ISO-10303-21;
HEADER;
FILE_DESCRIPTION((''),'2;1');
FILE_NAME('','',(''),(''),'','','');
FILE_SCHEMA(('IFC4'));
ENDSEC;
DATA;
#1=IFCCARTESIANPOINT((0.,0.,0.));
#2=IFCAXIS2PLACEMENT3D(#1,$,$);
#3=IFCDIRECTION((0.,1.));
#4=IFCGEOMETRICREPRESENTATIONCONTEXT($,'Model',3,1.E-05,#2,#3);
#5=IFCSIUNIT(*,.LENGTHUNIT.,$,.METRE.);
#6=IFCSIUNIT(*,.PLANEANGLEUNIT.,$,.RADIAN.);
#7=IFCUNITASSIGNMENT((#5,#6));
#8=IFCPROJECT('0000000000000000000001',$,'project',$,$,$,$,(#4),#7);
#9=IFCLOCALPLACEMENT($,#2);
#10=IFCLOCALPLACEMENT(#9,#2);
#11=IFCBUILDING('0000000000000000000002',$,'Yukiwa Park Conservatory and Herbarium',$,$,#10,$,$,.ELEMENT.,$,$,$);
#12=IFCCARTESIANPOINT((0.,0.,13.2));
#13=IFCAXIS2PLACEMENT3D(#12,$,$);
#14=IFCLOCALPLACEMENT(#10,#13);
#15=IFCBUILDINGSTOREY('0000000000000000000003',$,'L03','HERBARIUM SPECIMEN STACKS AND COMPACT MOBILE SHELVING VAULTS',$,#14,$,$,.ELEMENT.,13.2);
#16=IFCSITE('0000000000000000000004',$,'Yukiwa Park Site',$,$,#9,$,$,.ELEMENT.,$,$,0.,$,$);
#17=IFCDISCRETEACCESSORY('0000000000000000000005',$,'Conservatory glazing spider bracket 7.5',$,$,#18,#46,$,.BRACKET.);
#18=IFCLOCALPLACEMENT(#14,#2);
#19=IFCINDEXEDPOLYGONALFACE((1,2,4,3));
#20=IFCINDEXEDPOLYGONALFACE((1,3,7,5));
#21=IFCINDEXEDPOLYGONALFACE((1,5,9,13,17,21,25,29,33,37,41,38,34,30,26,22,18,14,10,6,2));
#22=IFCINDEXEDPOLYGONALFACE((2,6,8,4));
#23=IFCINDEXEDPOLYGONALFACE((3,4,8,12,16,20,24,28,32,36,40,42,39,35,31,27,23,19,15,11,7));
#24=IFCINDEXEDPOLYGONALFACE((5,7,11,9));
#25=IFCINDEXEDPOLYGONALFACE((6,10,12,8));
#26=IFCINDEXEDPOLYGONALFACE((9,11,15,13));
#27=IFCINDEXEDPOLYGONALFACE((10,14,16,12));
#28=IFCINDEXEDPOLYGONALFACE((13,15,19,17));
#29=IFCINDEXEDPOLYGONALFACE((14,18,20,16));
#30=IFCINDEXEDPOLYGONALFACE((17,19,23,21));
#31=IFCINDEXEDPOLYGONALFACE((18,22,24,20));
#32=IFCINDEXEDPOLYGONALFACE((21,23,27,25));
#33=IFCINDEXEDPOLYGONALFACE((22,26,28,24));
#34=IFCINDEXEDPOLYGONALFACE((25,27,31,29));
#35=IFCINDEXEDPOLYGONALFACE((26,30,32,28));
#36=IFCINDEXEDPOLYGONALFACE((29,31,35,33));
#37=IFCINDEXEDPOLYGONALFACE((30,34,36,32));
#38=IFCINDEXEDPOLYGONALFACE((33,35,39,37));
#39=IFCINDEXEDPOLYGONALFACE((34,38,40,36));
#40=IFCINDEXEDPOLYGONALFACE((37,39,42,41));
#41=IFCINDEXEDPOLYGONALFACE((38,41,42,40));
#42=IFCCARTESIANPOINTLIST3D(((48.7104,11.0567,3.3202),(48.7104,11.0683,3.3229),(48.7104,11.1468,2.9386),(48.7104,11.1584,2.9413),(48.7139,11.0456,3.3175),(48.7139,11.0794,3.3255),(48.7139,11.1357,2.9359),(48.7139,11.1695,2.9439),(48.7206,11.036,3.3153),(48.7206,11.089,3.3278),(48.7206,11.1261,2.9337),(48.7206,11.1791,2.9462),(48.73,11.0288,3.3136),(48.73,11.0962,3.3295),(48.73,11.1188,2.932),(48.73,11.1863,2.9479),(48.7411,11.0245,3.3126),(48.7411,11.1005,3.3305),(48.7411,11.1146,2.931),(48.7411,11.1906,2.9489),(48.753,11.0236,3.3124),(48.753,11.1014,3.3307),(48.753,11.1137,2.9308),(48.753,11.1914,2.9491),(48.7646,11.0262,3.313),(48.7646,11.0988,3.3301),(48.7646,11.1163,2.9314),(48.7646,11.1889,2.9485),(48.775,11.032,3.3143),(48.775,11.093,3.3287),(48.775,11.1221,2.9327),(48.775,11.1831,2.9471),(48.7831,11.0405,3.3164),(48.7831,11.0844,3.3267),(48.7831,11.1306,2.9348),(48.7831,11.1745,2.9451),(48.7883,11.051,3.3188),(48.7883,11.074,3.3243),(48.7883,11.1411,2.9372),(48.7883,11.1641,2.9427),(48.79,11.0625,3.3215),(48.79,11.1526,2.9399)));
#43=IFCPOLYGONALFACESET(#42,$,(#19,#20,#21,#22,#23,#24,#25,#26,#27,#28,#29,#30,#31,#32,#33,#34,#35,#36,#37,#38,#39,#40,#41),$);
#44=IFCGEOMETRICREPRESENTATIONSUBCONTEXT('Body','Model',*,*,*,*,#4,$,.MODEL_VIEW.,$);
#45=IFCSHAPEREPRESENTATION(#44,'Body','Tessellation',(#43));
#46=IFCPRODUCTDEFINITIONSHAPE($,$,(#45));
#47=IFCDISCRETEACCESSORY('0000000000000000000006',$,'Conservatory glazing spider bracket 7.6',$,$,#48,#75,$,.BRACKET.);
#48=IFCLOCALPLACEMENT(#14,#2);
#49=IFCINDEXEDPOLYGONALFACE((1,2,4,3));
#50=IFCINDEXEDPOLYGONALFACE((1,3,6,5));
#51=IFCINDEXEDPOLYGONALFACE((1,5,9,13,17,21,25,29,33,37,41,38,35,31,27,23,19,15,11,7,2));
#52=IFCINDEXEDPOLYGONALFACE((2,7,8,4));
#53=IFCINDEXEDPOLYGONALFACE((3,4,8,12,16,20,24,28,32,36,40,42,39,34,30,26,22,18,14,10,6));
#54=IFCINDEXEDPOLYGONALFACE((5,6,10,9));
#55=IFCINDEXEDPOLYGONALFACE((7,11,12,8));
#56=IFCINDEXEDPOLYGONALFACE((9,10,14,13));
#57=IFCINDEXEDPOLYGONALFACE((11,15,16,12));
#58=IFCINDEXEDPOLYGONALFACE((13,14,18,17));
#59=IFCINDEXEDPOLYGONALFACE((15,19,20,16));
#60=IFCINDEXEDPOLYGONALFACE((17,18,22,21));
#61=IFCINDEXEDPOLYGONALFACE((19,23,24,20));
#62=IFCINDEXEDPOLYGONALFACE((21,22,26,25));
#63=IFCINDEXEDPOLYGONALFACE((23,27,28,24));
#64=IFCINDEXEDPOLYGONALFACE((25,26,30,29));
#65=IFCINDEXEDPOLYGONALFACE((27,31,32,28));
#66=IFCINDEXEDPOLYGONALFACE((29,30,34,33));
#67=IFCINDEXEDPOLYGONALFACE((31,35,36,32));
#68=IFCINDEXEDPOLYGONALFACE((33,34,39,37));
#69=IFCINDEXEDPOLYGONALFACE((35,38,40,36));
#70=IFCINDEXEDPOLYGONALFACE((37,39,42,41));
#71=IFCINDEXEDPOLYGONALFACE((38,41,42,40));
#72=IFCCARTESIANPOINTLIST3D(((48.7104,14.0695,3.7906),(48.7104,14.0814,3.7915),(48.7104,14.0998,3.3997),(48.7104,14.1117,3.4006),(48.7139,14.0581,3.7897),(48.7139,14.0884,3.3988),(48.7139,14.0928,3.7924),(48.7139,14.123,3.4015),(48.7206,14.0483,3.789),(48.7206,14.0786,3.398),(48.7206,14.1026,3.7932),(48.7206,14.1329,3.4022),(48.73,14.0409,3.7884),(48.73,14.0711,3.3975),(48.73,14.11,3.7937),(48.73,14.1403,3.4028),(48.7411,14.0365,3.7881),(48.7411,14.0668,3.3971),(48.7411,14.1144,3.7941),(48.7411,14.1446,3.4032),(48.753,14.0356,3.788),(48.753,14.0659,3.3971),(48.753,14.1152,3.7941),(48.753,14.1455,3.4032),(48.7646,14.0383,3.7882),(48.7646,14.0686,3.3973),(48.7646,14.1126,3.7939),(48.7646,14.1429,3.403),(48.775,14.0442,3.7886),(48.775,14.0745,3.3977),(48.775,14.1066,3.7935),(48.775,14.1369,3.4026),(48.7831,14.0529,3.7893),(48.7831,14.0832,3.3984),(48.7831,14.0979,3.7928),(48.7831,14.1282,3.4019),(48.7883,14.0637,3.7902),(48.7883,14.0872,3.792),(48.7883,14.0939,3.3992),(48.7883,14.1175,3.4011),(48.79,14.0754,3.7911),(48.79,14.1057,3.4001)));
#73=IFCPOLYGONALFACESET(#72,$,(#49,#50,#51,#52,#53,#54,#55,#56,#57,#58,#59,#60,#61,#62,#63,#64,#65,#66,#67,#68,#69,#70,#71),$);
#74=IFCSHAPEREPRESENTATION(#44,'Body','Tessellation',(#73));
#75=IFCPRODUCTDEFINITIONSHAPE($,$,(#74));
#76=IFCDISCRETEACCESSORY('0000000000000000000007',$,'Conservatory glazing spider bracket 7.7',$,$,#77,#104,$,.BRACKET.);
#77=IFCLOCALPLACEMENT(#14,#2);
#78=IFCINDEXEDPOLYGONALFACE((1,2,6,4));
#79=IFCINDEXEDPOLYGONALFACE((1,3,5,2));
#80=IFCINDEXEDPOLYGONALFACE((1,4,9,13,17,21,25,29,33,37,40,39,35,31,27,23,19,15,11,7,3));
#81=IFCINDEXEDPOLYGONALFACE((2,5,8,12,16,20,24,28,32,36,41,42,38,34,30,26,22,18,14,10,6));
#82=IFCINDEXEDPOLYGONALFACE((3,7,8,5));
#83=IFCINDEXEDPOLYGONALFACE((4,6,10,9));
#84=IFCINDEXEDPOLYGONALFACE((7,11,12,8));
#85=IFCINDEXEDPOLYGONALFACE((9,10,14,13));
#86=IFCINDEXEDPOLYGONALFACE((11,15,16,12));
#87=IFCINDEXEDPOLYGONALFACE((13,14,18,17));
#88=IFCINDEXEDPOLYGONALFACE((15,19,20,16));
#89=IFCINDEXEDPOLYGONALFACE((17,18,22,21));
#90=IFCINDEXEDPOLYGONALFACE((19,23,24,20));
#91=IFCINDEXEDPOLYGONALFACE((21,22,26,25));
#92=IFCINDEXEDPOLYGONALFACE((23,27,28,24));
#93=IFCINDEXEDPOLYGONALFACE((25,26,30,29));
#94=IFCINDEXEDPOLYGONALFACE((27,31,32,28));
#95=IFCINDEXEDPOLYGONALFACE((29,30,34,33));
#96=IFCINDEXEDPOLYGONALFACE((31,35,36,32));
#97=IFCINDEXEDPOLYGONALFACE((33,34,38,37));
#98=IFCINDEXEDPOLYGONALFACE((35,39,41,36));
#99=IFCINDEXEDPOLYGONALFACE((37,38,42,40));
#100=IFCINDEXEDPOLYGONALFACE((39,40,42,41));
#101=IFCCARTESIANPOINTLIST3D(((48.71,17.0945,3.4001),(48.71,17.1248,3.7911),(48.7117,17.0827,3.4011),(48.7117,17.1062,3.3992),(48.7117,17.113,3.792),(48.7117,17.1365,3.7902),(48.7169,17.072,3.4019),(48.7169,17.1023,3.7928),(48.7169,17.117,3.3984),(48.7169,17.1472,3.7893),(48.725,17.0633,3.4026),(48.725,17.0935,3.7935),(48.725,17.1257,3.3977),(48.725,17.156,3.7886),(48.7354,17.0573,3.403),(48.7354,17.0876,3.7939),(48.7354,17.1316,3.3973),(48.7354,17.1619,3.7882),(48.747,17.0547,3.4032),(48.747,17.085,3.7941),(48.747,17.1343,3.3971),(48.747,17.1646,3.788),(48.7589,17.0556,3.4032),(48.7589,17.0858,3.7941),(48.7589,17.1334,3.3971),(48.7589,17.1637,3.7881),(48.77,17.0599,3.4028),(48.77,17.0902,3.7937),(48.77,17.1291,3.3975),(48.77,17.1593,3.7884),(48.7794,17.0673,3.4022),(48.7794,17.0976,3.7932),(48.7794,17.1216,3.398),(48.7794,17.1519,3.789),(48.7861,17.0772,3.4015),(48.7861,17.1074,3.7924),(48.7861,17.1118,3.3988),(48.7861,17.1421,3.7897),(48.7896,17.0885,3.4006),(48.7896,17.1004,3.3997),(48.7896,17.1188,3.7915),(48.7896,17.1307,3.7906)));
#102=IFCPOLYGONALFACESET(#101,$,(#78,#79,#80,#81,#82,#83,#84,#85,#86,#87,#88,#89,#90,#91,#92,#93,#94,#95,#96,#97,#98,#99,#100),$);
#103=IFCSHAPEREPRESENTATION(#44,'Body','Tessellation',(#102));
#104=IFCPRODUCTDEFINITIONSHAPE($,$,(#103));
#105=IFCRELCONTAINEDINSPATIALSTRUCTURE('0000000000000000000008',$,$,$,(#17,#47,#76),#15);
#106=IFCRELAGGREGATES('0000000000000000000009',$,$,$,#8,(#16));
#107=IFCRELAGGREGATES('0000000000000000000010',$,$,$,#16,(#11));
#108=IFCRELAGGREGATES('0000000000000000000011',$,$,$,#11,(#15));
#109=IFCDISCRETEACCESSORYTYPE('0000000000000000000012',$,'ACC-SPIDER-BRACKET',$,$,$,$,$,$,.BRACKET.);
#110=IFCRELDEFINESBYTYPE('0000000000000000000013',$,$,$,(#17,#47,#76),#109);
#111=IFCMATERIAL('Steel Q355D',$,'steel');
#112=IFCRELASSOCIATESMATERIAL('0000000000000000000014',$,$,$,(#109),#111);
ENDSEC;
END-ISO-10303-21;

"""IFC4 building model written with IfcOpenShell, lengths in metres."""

from ifc_helpers import new_model, si_unit, direction, frame, origin, origin_2d, place, context, subcontext, project, spatial, circle, extrude, material, type_object, element, save


model = new_model("IFC4")

# Units and contexts
model_context = context("Model", 3, precision=1e-05, world=origin(), true_north=direction((0.0, 1.0)))
body_context = subcontext(model_context, "Body", "Model", "MODEL_VIEW")
ifc_project = project(units=[si_unit("LENGTHUNIT", "METRE"), si_unit("PLANEANGLEUNIT", "RADIAN")], contexts=[model_context])

# Site, building, storey
site_placement = place(None, origin())
site = spatial("IfcSite", under=ifc_project, at=site_placement, Name="Yukiwa Park Site", CompositionType="ELEMENT", RefElevation=0.0)
building_placement = place(site_placement, origin())
building = spatial("IfcBuilding", under=site, at=building_placement, Name="Yukiwa Park Conservatory and Herbarium", CompositionType="ELEMENT")
storey_placement = place(building_placement, frame((0.0, 0.0, 13.2)))
storey = spatial("IfcBuildingStorey", under=building, at=storey_placement, Name="L03", Description="HERBARIUM SPECIMEN STACKS AND COMPACT MOBILE SHELVING VAULTS", CompositionType="ELEMENT", Elevation=13.2)

# Discrete accessories
ifc_material_1 = material(Name="Steel Q355D", Category="steel")
discrete_accessory_type = type_object("IfcDiscreteAccessoryType", Name="ACC-SPIDER-BRACKET", PredefinedType="BRACKET", material=ifc_material_1)
for number, where, z_axis, x_axis, name in (
    (1, (48.75, 11.1526, 2.9399), (0.0, -0.229768, 0.973245), (1.0, 0.0, 0.0), "Conservatory glazing spider bracket 7.5"),
    (2, (48.75, 14.1057, 3.4001), (0.0, -0.07722, 0.997014), (1.0, 0.0, 0.0), "Conservatory glazing spider bracket 7.6"),
    (3, (48.75, 17.0945, 3.4001), (0.0, 0.07722, 0.997014), (-1.0, 0.0, 0.0), "Conservatory glazing spider bracket 7.7"),
):
    element("IfcDiscreteAccessory", number, at=place(storey_placement, frame(where, z_axis=z_axis, x_axis=x_axis)), inside=storey, type_object=discrete_accessory_type, Name=name, PredefinedType="BRACKET", context=body_context, shape_type="SweptSolid", body=[
        extrude(circle(Radius=0.04, at=origin_2d()), origin(), (0.0, 0.0, 1.0), 0.3921),
    ])

save(model, "model.ifc")
